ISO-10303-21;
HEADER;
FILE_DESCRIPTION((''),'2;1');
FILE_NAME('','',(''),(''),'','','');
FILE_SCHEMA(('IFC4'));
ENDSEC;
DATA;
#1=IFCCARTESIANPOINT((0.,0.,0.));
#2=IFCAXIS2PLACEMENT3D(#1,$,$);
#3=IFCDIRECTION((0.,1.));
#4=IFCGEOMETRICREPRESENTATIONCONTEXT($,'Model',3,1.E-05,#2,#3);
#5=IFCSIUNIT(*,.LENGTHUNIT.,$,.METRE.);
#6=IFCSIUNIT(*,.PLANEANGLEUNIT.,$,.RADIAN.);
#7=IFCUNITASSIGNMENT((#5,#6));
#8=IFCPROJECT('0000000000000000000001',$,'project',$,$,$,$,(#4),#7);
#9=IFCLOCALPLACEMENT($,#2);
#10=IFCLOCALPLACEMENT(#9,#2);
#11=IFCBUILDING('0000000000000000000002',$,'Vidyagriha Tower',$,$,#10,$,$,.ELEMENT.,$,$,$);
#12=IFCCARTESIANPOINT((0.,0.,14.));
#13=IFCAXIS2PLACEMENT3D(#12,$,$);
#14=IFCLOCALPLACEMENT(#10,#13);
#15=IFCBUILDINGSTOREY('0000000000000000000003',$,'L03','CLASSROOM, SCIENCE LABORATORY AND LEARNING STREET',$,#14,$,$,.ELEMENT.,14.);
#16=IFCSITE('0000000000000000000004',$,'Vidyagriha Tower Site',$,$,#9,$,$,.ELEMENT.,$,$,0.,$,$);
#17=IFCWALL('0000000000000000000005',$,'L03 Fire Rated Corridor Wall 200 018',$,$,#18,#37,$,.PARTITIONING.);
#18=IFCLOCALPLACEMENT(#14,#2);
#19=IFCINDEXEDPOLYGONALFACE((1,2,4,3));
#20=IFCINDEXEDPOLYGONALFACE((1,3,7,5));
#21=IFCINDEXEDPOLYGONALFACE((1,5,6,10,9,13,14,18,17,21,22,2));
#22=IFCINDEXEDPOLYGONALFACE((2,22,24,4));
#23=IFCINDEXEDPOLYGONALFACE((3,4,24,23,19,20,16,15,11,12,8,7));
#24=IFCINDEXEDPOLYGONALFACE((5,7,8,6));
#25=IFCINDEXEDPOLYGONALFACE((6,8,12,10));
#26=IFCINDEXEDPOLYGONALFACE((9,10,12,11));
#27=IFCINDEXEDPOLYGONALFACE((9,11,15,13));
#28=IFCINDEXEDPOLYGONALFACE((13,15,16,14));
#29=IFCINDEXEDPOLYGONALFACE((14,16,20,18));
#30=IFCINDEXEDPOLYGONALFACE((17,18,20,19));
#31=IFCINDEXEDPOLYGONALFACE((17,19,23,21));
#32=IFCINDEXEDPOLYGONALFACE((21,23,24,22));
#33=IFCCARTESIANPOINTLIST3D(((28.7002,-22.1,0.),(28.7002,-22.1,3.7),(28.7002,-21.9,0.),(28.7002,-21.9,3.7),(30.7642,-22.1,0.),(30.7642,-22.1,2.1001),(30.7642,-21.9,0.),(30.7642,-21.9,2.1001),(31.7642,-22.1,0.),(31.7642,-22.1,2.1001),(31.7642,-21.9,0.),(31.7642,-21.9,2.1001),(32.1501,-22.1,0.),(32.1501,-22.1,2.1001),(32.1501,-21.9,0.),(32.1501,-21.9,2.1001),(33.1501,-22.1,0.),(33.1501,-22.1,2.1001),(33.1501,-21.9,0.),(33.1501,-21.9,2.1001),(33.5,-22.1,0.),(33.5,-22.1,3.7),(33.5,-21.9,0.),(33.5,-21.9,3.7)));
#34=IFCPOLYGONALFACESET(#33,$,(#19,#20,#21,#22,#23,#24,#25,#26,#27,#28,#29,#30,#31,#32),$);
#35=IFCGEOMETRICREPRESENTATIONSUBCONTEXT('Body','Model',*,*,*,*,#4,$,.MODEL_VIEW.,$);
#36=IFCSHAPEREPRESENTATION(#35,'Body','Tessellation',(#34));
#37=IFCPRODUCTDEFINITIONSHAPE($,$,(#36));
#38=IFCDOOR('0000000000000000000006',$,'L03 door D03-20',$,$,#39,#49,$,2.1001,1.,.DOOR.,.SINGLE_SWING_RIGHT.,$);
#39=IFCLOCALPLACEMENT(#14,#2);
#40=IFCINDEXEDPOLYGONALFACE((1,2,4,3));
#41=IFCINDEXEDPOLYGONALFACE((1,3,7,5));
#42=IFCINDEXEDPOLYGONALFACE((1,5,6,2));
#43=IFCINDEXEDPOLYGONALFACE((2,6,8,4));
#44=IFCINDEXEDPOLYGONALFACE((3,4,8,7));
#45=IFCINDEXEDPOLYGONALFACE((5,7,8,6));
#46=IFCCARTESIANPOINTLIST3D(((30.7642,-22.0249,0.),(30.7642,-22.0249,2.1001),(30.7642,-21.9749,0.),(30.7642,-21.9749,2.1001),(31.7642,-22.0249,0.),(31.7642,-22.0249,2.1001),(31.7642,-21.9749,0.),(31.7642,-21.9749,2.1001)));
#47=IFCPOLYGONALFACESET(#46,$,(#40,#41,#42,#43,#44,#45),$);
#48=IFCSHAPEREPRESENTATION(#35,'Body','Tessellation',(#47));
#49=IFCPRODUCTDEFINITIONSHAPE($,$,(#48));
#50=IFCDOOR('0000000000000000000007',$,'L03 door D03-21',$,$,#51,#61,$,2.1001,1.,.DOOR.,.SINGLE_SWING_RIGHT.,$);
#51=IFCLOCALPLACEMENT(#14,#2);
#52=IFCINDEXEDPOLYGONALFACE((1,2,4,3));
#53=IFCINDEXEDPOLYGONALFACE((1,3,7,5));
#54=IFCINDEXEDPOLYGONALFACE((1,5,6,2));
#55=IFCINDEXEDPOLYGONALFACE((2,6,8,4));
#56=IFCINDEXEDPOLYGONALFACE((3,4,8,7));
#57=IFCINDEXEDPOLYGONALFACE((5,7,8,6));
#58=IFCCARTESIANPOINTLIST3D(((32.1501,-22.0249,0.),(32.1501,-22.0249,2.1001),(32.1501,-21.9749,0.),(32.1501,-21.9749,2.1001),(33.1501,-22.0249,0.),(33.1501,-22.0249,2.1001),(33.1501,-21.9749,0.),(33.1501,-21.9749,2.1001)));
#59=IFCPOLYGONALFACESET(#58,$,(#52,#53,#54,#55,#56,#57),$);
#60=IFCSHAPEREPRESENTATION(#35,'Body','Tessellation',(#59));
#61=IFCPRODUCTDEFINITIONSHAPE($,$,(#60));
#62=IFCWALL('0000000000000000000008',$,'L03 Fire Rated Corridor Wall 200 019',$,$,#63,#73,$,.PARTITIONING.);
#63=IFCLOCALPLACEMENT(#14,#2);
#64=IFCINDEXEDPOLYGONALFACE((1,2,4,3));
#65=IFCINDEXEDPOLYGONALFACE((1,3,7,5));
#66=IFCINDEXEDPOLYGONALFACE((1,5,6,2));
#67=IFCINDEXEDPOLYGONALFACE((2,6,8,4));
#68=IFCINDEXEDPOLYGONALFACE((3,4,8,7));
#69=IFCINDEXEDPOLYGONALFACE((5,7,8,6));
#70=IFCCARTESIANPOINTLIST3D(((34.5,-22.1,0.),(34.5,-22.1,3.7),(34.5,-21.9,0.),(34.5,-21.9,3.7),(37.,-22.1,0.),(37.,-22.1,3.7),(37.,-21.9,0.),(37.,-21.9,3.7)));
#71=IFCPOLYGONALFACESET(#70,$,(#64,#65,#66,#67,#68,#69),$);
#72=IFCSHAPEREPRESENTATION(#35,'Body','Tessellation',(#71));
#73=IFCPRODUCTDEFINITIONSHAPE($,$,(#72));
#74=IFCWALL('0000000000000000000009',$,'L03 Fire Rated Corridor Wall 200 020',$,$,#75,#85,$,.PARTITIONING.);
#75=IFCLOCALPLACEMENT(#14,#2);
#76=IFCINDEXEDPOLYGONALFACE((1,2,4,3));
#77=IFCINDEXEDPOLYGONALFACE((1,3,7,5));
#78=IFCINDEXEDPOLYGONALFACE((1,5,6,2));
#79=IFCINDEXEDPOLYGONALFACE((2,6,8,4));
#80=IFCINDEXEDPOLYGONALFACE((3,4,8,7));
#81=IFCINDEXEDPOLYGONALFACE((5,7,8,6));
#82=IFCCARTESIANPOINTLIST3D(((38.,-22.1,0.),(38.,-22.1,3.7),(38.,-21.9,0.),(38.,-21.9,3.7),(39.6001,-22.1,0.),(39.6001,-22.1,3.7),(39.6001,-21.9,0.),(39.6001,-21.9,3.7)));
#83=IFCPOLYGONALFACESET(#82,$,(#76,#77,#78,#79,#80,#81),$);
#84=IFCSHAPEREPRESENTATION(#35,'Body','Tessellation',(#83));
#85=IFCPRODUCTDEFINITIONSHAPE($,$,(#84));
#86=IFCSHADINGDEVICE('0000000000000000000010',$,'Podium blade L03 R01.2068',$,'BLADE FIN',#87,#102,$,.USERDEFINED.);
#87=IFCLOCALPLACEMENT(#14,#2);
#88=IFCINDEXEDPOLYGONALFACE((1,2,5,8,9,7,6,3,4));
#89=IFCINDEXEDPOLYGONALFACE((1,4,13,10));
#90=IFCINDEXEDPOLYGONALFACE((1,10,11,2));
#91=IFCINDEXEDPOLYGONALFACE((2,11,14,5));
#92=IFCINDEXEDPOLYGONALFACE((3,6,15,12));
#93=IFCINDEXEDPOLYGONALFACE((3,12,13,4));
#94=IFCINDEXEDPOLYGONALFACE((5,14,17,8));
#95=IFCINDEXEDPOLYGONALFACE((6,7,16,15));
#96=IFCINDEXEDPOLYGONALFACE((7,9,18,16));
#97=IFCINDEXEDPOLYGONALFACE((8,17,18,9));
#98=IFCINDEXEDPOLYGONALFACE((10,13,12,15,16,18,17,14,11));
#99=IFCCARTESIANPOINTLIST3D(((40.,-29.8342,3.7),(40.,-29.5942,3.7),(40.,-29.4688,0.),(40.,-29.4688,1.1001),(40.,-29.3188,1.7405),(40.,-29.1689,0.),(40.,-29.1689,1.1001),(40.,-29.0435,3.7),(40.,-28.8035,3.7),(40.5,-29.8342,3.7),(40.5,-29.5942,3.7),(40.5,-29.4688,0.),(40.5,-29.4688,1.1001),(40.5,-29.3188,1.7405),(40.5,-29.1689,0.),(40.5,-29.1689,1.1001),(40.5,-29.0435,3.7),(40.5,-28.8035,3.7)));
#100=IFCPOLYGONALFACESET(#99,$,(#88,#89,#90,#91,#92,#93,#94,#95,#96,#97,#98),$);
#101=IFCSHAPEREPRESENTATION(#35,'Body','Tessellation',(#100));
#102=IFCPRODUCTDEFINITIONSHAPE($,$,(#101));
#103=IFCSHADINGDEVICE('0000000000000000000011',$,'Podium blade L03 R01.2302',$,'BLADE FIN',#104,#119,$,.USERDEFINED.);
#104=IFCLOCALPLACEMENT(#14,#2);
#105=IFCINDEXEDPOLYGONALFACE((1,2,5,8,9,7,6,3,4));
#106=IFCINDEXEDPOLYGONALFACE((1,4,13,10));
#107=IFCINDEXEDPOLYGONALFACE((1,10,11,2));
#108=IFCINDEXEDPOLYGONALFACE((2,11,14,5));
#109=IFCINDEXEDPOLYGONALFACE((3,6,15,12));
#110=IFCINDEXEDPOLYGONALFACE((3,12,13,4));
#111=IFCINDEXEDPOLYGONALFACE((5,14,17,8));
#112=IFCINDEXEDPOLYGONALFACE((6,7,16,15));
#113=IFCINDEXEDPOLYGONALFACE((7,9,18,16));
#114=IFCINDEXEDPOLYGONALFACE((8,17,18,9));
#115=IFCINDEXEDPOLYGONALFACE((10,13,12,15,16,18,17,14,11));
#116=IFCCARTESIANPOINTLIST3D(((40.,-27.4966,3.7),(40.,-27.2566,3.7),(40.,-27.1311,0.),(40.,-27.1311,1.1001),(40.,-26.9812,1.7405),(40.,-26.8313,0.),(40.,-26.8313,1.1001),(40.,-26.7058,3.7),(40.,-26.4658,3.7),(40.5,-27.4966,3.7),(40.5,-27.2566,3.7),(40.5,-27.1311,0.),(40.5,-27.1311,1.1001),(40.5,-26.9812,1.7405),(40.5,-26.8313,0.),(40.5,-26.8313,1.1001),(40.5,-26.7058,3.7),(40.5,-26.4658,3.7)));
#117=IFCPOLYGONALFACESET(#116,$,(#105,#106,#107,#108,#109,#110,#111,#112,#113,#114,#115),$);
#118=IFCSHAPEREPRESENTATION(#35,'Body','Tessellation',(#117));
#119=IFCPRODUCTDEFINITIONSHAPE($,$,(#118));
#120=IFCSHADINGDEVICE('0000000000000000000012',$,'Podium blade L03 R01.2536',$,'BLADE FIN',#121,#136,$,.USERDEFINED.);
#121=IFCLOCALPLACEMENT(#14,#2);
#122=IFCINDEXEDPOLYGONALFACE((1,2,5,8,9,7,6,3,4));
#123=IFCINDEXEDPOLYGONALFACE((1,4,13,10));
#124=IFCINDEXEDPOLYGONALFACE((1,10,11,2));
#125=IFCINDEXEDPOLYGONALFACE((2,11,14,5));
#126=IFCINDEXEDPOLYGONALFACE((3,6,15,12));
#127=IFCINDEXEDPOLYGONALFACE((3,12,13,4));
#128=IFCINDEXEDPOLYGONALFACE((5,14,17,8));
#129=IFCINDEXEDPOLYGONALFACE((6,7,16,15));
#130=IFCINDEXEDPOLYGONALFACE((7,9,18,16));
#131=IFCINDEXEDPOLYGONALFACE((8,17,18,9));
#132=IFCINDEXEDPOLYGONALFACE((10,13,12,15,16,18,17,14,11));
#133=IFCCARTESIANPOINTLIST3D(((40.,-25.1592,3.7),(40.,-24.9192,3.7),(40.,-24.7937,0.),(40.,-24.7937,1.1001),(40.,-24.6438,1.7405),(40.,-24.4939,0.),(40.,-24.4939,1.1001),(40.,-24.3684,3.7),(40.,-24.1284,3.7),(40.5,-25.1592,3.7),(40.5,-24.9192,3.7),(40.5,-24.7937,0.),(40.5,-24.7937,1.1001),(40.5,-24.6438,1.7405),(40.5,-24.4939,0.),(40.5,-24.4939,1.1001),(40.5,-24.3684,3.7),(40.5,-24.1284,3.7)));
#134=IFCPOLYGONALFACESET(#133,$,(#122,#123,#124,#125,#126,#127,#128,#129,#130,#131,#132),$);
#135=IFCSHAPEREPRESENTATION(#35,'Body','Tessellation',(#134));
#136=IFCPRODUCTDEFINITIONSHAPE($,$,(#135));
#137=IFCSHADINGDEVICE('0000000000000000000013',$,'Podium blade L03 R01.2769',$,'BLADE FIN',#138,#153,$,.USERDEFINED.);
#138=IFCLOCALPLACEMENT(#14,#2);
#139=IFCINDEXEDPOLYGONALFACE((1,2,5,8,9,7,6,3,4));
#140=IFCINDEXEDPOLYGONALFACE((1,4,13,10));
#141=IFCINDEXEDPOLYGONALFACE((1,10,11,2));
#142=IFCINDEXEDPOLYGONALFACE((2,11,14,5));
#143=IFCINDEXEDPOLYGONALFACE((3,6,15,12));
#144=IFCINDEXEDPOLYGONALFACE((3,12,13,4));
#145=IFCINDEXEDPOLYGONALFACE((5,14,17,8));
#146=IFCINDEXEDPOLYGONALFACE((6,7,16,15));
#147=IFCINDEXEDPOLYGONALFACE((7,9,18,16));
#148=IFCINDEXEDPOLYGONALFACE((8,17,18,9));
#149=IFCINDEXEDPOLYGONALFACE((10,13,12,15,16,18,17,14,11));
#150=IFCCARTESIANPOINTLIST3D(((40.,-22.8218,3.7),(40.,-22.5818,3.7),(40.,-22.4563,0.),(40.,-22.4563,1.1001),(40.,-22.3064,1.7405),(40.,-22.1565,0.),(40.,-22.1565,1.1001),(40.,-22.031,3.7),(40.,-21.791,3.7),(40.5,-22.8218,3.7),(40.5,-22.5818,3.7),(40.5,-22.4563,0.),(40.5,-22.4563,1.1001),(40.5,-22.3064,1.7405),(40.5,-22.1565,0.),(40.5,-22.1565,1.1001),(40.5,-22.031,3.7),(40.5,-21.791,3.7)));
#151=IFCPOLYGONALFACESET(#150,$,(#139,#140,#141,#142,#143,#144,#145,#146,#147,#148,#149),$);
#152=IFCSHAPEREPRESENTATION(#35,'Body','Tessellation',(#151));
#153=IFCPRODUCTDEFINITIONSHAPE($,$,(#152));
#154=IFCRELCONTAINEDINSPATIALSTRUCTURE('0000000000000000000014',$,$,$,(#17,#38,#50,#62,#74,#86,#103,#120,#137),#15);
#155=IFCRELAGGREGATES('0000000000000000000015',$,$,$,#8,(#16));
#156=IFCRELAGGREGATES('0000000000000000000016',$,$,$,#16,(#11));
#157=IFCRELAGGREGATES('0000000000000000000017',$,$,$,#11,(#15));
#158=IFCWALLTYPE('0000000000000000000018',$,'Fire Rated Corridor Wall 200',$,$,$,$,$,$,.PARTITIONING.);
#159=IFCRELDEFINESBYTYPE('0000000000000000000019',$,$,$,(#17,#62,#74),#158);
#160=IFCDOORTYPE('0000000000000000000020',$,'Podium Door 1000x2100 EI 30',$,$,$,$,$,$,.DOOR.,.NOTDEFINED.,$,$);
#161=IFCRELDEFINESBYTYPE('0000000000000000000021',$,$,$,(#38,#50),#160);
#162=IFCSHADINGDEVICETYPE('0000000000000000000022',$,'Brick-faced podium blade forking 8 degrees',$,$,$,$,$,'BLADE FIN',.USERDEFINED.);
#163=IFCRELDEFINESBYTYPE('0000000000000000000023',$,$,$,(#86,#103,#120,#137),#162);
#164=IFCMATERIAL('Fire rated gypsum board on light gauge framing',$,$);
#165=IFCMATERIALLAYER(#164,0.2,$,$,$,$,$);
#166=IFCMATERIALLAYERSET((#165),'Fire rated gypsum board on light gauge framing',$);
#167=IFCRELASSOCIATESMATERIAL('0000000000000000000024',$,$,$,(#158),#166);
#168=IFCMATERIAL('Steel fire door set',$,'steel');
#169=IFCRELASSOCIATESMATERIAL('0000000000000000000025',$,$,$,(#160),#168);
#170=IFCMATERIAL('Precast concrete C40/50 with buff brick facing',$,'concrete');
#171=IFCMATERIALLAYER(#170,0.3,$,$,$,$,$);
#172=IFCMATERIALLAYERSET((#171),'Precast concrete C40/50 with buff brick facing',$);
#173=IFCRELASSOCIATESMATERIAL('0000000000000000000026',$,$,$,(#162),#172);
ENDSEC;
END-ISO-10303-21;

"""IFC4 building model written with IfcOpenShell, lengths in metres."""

from ifc_helpers import new_model, si_unit, direction, frame, frame_2d, origin, place, context, subcontext, project, spatial, polyline, rectangle, outline, extrude, material, layer, layer_set, type_object, element, fill, save


model = new_model("IFC4")

# Units and contexts
model_context = context("Model", 3, precision=1e-05, world=origin(), true_north=direction((0.0, 1.0)))
body_context = subcontext(model_context, "Body", "Model", "MODEL_VIEW")
ifc_project = project(units=[si_unit("LENGTHUNIT", "METRE"), si_unit("PLANEANGLEUNIT", "RADIAN")], contexts=[model_context])

# Site, building, storey
site_placement = place(None, origin())
site = spatial("IfcSite", under=ifc_project, at=site_placement, Name="Vidyagriha Tower Site", CompositionType="ELEMENT", RefElevation=0.0)
building_placement = place(site_placement, origin())
building = spatial("IfcBuilding", under=site, at=building_placement, Name="Vidyagriha Tower", CompositionType="ELEMENT")
storey_placement = place(building_placement, frame((0.0, 0.0, 14.0)))
storey = spatial("IfcBuildingStorey", under=building, at=storey_placement, Name="L03", Description="CLASSROOM, SCIENCE LABORATORY AND LEARNING STREET", CompositionType="ELEMENT", Elevation=14.0)

# Wall, openings, doors
ifc_material_1 = material(Name="Fire rated gypsum board on light gauge framing")
ifc_layer_1 = layer(ifc_material_1, 0.2)
ifc_layer_set_1 = layer_set([ifc_layer_1], Name="Fire rated gypsum board on light gauge framing")
wall_type_1 = type_object("IfcWallType", Name="Fire Rated Corridor Wall 200", PredefinedType="PARTITIONING", material=ifc_layer_set_1)
wall_1_placement = place(storey_placement, frame((28.7002, -22.0, 0.0)))
wall_1 = element("IfcWall", 1, at=wall_1_placement, inside=storey, type_object=wall_type_1, Name="L03 Fire Rated Corridor Wall 200 018", PredefinedType="PARTITIONING", context=body_context, shape_type="SweptSolid", body=[
    extrude(rectangle(XDim=4.7998, YDim=0.2, at=frame_2d((2.3999, 0.0))), origin(), (0.0, 0.0, 1.0), 3.7),
])
opening_1_placement = place(wall_1_placement, frame((2.064, 0.0, 0.0)))
opening_1 = element("IfcOpeningElement", 2, at=opening_1_placement, cuts=wall_1, PredefinedType="OPENING", context=body_context, shape_type="SweptSolid", body=[
    extrude(rectangle(XDim=1.0, YDim=2.1001, at=frame_2d((0.5, 1.05))), frame((0.0, 0.1099, 0.0), z_axis=(0.0, -1.0, 0.0), x_axis=(1.0, 0.0, 0.0)), (0.0, 0.0, 1.0), 0.22),
])
opening_2_placement = place(wall_1_placement, frame((3.45, 0.0, 0.0)))
opening_2 = element("IfcOpeningElement", 3, at=opening_2_placement, cuts=wall_1, PredefinedType="OPENING", context=body_context, shape_type="SweptSolid", body=[
    extrude(rectangle(XDim=1.0, YDim=2.1001, at=frame_2d((0.5, 1.05))), frame((0.0, 0.1099, 0.0), z_axis=(0.0, -1.0, 0.0), x_axis=(1.0, 0.0, 0.0)), (0.0, 0.0, 1.0), 0.22),
])
ifc_material_2 = material(Name="Steel fire door set", Category="steel")
door_type = type_object("IfcDoorType", Name="Podium Door 1000x2100 EI 30", OperationType="NOTDEFINED", PredefinedType="DOOR", material=ifc_material_2)
door_1_placement = place(opening_1_placement, frame((1.0, 0.0, 0.0), z_axis=(0.0, 0.0, 1.0), x_axis=(-1.0, 0.0, 0.0)))
door_1 = element("IfcDoor", 4, at=door_1_placement, inside=storey, type_object=door_type, Name="L03 door D03-20", OperationType="SINGLE_SWING_RIGHT", OverallHeight=2.1001, OverallWidth=1.0, PredefinedType="DOOR", context=body_context, shape_type="SweptSolid", body=[
    extrude(rectangle(XDim=1.0, YDim=2.1001, at=frame_2d((0.5, 1.05))), frame((0.0, 0.0249, 0.0), z_axis=(0.0, -1.0, 0.0), x_axis=(1.0, 0.0, 0.0)), (0.0, 0.0, 1.0), 0.05),
])
fill(opening_1, door_1)
door_2_placement = place(opening_2_placement, frame((1.0, 0.0, 0.0), z_axis=(0.0, 0.0, 1.0), x_axis=(-1.0, 0.0, 0.0)))
door_2 = element("IfcDoor", 5, at=door_2_placement, inside=storey, type_object=door_type, Name="L03 door D03-21", OperationType="SINGLE_SWING_RIGHT", OverallHeight=2.1001, OverallWidth=1.0, PredefinedType="DOOR", context=body_context, shape_type="SweptSolid", body=[
    extrude(rectangle(XDim=1.0, YDim=2.1001, at=frame_2d((0.5, 1.05))), frame((0.0, 0.0249, 0.0), z_axis=(0.0, -1.0, 0.0), x_axis=(1.0, 0.0, 0.0)), (0.0, 0.0, 1.0), 0.05),
])
fill(opening_2, door_2)

# Walls
wall_2_placement = place(storey_placement, frame((34.5, -22.0, 0.0)))
element("IfcWall", 6, at=wall_2_placement, inside=storey, type_object=wall_type_1, Name="L03 Fire Rated Corridor Wall 200 019", PredefinedType="PARTITIONING", context=body_context, shape_type="SweptSolid", body=[
    extrude(rectangle(XDim=2.5, YDim=0.2, at=frame_2d((1.25, 0.0))), origin(), (0.0, 0.0, 1.0), 3.7),
])
wall_3_placement = place(storey_placement, frame((38.0, -22.0, 0.0)))
element("IfcWall", 7, at=wall_3_placement, inside=storey, type_object=wall_type_1, Name="L03 Fire Rated Corridor Wall 200 020", PredefinedType="PARTITIONING", context=body_context, shape_type="SweptSolid", body=[
    extrude(rectangle(XDim=1.6001, YDim=0.2, at=frame_2d((0.8, 0.0))), origin(), (0.0, 0.0, 1.0), 3.7),
])

# Shading devices
ifc_material_3 = material(Name="Precast concrete C40/50 with buff brick facing", Category="concrete")
ifc_layer_2 = layer(ifc_material_3, 0.3)
ifc_layer_set_2 = layer_set([ifc_layer_2], Name="Precast concrete C40/50 with buff brick facing")
shading_device_type = type_object("IfcShadingDeviceType", Name="Brick-faced podium blade forking 8 degrees", ElementType="BLADE FIN", PredefinedType="USERDEFINED", material=ifc_layer_set_2)
for number, where, z_axis, x_axis, name in (
    (8, (40.25, -29.8342, 0.0), (0.0, 0.0, 1.0), (0.0, 1.0, 0.0), "Podium blade L03 R01.2068"),
    (9, (40.25, -27.4966, 0.0), (0.0, 0.0, 1.0), (0.0, 1.0, 0.0), "Podium blade L03 R01.2302"),
    (10, (40.25, -25.1592, 0.0), (0.0, 0.0, 1.0), (0.0, 1.0, 0.0), "Podium blade L03 R01.2536"),
    (11, (40.25, -22.8218, 0.0), (0.0, 0.0, 1.0), (0.0, 1.0, 0.0), "Podium blade L03 R01.2769"),
):
    element("IfcShadingDevice", number, at=place(storey_placement, frame(where, z_axis=z_axis, x_axis=x_axis)), inside=storey, type_object=shading_device_type, Name=name, ObjectType="BLADE FIN", PredefinedType="USERDEFINED", context=body_context, shape_type="SweptSolid", body=[
        extrude(outline(polyline([(0.6653, 0.0), (0.6653, 1.1001), (1.0308, 3.7), (0.7908, 3.7), (0.5154, 1.7405), (0.24, 3.7), (0.0, 3.7), (0.3655, 1.1001), (0.3655, 0.0), (0.6653, 0.0)])), frame((0.0, 0.25, 0.0), z_axis=(0.0, -1.0, 0.0), x_axis=(1.0, 0.0, 0.0)), (0.0, 0.0, 1.0), 0.5),
    ])

save(model, "model.ifc")
